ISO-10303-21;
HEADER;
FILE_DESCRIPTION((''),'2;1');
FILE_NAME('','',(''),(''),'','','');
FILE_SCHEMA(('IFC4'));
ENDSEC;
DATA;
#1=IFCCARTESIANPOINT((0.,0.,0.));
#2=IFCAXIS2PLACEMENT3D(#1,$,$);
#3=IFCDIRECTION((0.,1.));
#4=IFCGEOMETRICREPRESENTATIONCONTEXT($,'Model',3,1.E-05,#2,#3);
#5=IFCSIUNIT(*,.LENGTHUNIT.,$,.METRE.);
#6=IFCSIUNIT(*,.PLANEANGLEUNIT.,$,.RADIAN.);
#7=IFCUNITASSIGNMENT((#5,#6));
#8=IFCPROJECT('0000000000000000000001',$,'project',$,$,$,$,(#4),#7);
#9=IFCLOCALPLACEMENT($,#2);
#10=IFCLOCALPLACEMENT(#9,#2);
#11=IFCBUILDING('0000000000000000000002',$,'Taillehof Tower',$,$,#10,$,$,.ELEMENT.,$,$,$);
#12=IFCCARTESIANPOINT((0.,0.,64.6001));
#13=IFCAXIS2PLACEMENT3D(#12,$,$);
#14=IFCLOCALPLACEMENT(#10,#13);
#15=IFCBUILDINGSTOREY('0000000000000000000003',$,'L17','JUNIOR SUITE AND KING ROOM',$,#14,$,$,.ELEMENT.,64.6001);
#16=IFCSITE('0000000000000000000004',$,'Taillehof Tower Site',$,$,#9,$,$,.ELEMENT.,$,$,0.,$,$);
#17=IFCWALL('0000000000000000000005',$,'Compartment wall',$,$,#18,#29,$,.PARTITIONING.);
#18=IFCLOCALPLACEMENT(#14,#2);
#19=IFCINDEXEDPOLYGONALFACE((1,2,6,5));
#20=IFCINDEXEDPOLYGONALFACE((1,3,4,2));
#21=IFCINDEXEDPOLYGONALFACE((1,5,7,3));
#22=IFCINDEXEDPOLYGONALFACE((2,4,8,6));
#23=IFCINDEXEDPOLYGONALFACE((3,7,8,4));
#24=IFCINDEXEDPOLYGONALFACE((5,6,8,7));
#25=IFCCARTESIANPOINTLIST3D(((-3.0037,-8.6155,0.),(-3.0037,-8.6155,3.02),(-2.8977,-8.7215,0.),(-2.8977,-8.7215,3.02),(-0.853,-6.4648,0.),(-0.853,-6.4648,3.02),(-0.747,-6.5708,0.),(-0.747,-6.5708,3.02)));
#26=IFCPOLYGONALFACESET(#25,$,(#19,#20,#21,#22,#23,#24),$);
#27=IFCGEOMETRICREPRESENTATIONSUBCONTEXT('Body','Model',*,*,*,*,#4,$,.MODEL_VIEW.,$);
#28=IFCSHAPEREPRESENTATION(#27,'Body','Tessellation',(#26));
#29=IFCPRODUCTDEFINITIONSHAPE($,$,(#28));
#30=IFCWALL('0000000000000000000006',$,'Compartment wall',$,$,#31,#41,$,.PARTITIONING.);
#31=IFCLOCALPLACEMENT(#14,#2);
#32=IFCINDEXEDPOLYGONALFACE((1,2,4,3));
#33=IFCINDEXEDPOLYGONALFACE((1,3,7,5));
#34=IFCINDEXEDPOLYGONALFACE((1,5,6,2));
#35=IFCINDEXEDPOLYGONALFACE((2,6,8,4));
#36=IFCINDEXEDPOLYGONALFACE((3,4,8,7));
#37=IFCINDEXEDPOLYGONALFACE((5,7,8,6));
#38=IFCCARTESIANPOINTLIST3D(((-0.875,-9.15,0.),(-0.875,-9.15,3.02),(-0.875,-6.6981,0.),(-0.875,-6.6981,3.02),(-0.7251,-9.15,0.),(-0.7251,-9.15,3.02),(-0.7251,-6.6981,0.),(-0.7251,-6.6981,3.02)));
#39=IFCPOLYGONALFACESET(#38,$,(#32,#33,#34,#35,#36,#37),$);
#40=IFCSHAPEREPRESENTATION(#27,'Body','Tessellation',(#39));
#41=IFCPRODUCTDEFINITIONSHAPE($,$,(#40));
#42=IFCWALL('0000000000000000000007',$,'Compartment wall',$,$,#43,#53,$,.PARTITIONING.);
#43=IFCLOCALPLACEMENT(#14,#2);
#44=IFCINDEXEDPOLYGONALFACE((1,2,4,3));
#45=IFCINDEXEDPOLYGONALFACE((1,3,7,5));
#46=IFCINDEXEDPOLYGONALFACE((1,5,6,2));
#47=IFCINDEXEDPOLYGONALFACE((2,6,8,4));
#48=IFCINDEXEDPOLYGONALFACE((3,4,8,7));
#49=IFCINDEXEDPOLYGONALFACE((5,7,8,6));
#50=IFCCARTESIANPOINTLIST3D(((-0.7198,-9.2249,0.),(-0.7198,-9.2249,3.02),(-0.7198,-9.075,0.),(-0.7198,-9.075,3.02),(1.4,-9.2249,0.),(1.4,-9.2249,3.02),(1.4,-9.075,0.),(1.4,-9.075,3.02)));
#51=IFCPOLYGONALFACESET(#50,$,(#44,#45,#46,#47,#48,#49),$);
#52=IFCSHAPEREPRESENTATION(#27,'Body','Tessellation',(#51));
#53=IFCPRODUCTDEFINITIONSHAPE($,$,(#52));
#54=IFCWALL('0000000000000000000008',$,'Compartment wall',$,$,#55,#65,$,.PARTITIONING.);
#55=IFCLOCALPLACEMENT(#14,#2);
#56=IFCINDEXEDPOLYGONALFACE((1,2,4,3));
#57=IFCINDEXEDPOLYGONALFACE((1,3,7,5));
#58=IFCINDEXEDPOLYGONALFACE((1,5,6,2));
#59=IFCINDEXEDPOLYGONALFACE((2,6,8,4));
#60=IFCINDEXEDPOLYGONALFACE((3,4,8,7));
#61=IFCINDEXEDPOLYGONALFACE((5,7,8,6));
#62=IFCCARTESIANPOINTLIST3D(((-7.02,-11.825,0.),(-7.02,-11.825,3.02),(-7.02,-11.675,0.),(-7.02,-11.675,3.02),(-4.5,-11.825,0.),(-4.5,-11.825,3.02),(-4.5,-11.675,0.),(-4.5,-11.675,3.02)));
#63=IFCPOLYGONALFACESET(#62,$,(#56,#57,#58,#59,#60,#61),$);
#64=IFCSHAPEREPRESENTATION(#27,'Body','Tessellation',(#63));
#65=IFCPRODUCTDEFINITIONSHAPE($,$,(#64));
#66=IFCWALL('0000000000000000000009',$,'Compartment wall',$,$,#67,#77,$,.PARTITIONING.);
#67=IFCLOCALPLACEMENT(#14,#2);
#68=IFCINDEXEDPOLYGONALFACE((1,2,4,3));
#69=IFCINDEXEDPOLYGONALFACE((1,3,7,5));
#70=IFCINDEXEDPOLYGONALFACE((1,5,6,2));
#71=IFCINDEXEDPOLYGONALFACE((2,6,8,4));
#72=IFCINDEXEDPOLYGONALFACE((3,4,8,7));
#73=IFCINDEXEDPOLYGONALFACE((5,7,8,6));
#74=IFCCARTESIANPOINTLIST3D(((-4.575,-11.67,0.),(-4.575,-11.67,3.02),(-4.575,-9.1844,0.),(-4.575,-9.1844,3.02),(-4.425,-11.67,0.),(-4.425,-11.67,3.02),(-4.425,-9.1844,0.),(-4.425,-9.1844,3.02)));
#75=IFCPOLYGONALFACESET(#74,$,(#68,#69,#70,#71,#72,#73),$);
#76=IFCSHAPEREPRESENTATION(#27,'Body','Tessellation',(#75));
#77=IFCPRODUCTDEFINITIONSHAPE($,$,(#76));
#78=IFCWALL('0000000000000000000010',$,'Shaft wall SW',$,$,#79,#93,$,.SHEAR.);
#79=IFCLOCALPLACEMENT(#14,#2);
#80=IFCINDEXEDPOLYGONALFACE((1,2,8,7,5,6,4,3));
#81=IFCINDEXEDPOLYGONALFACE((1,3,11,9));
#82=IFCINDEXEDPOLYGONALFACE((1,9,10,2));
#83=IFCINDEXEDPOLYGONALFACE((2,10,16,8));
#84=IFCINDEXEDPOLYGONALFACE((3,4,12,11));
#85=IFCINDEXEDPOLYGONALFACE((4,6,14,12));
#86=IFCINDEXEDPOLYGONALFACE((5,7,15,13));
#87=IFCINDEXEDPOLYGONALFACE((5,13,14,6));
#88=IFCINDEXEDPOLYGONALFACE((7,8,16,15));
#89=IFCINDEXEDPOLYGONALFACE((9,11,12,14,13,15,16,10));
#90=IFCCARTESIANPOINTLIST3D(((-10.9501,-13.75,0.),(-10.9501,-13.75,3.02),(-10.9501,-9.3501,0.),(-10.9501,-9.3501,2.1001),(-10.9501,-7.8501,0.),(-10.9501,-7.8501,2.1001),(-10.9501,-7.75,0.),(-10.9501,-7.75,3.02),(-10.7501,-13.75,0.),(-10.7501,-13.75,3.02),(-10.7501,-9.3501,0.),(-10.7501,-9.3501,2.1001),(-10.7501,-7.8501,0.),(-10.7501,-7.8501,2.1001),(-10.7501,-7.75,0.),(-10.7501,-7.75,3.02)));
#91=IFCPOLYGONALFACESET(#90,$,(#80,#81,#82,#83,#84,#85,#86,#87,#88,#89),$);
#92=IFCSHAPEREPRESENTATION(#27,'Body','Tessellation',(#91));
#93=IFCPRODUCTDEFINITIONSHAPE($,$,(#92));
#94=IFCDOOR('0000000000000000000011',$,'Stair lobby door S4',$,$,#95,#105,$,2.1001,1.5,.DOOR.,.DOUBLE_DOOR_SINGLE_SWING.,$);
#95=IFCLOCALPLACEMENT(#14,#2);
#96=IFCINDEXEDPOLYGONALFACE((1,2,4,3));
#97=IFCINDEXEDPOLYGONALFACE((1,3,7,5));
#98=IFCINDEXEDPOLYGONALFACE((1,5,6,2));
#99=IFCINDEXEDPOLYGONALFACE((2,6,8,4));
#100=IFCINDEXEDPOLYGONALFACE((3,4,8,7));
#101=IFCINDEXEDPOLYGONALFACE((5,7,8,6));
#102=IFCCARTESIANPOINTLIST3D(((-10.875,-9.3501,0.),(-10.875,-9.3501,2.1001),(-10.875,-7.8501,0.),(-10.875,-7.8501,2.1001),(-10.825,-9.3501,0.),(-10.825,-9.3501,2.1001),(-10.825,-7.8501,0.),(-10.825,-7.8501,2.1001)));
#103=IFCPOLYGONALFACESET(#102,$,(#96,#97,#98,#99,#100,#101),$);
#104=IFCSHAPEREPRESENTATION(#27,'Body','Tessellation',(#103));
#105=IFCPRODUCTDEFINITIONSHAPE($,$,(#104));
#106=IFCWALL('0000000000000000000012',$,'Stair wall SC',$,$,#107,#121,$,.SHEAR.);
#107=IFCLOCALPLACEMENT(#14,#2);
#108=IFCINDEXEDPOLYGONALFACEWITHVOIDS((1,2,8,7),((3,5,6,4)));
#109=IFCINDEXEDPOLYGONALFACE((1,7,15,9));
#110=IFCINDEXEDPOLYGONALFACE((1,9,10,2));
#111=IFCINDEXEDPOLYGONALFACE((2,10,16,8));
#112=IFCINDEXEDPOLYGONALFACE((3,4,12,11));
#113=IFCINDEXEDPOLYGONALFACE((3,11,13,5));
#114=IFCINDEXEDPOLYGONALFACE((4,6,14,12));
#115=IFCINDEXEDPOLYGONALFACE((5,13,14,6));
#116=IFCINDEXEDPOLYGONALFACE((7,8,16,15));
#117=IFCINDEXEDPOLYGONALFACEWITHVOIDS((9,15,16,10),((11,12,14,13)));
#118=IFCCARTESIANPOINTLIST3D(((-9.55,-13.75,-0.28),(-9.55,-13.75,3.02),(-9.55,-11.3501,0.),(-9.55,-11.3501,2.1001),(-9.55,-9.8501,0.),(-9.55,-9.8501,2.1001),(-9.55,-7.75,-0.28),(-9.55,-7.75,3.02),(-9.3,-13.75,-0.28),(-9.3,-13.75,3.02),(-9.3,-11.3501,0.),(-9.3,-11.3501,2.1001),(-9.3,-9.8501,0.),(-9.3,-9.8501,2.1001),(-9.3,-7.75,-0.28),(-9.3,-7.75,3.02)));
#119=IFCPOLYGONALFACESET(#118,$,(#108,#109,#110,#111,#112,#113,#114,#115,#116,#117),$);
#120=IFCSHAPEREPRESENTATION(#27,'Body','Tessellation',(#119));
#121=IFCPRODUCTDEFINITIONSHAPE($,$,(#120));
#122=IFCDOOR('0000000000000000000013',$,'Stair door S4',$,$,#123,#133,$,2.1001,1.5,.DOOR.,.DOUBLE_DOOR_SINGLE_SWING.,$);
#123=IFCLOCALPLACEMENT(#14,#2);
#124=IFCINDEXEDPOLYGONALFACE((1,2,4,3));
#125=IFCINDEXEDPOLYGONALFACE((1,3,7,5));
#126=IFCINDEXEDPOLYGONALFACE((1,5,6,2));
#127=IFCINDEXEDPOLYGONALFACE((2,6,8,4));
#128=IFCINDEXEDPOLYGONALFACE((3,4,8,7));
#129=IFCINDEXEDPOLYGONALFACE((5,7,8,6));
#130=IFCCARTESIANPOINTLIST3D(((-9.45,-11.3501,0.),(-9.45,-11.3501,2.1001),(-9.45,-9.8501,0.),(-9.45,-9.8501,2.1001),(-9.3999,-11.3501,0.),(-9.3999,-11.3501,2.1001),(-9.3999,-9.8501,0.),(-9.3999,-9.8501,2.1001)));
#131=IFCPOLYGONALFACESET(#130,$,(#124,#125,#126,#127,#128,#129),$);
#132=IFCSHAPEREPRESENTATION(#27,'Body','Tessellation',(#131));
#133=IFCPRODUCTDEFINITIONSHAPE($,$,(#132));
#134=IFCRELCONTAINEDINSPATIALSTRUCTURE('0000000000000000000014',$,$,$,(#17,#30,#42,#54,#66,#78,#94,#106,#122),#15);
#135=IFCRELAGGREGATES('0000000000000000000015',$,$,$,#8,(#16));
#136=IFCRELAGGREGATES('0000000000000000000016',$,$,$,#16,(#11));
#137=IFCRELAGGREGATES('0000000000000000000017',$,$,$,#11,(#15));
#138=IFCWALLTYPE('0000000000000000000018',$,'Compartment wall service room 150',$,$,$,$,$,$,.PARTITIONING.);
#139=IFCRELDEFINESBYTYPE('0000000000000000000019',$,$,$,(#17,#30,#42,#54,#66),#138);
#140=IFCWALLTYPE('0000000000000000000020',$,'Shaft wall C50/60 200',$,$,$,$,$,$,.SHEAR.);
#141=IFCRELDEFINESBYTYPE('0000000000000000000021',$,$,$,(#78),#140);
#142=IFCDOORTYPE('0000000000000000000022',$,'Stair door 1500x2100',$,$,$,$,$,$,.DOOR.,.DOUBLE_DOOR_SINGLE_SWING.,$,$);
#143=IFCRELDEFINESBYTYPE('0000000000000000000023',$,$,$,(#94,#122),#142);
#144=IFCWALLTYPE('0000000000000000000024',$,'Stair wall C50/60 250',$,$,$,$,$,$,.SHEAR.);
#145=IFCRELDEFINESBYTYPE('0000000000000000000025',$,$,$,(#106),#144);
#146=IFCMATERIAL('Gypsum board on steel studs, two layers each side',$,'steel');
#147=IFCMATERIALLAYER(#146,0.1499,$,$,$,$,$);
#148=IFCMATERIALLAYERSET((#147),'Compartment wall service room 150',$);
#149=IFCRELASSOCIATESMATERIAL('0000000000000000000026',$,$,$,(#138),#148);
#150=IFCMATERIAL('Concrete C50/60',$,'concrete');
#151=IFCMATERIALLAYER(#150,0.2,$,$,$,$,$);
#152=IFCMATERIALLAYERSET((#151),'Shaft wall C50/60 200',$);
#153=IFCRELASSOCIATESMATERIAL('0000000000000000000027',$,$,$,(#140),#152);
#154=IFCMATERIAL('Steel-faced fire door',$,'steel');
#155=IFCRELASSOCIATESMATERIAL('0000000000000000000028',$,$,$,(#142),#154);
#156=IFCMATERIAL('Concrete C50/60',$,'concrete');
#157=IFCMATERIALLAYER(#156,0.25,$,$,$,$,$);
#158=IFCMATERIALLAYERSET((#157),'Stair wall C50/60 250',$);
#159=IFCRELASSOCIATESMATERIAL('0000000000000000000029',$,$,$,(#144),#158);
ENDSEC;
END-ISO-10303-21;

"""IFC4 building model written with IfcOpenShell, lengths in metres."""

from ifc_helpers import new_model, si_unit, direction, frame, frame_2d, origin, place, context, subcontext, project, spatial, rectangle, extrude, material, layer, layer_set, type_object, element, fill, save


model = new_model("IFC4")

# Units and contexts
model_context = context("Model", 3, precision=1e-05, world=origin(), true_north=direction((0.0, 1.0)))
body_context = subcontext(model_context, "Body", "Model", "MODEL_VIEW")
ifc_project = project(units=[si_unit("LENGTHUNIT", "METRE"), si_unit("PLANEANGLEUNIT", "RADIAN")], contexts=[model_context])

# Site, building, storey
site_placement = place(None, origin())
site = spatial("IfcSite", under=ifc_project, at=site_placement, Name="Taillehof Tower Site", CompositionType="ELEMENT", RefElevation=0.0)
building_placement = place(site_placement, origin())
building = spatial("IfcBuilding", under=site, at=building_placement, Name="Taillehof Tower", CompositionType="ELEMENT")
storey_placement = place(building_placement, frame((0.0, 0.0, 64.6001)))
storey = spatial("IfcBuildingStorey", under=building, at=storey_placement, Name="L17", Description="JUNIOR SUITE AND KING ROOM", CompositionType="ELEMENT", Elevation=64.6001)

# Walls
ifc_material_1 = material(Name="Gypsum board on steel studs, two layers each side", Category="steel")
ifc_layer_1 = layer(ifc_material_1, 0.1499)
ifc_layer_set_1 = layer_set([ifc_layer_1], Name="Compartment wall service room 150")
wall_type_1 = type_object("IfcWallType", Name="Compartment wall service room 150", PredefinedType="PARTITIONING", material=ifc_layer_set_1)
wall_1_placement = place(storey_placement, frame((-2.9507, -8.6685, 0.0), z_axis=(0.0, 0.0, 1.0), x_axis=(0.707107, 0.707107, 0.0)))
element("IfcWall", 1, at=wall_1_placement, inside=storey, type_object=wall_type_1, Name="Compartment wall", PredefinedType="PARTITIONING", context=body_context, shape_type="SweptSolid", body=[
    extrude(rectangle(XDim=3.0415, YDim=0.1499, at=frame_2d((1.5208, 0.0))), origin(), (0.0, 0.0, 1.0), 3.02),
])
wall_2_placement = place(storey_placement, frame((-0.8, -6.698, 0.0), z_axis=(0.0, 0.0, 1.0), x_axis=(0.0, -1.0, 0.0)))
element("IfcWall", 2, at=wall_2_placement, inside=storey, type_object=wall_type_1, Name="Compartment wall", PredefinedType="PARTITIONING", context=body_context, shape_type="SweptSolid", body=[
    extrude(rectangle(XDim=2.4519, YDim=0.1499, at=frame_2d((1.2261, 0.0))), origin(), (0.0, 0.0, 1.0), 3.02),
])
wall_3_placement = place(storey_placement, frame((-0.72, -9.1499, 0.0), z_axis=(0.0, 0.0, 1.0), x_axis=(1.0, 0.0, 0.0)))
element("IfcWall", 3, at=wall_3_placement, inside=storey, type_object=wall_type_1, Name="Compartment wall", PredefinedType="PARTITIONING", context=body_context, shape_type="SweptSolid", body=[
    extrude(rectangle(XDim=2.1199, YDim=0.1499, at=frame_2d((1.0601, 0.0))), origin(), (0.0, 0.0, 1.0), 3.02),
])
wall_4_placement = place(storey_placement, frame((-7.02, -11.75, 0.0), z_axis=(0.0, 0.0, 1.0), x_axis=(1.0, 0.0, 0.0)))
element("IfcWall", 4, at=wall_4_placement, inside=storey, type_object=wall_type_1, Name="Compartment wall", PredefinedType="PARTITIONING", context=body_context, shape_type="SweptSolid", body=[
    extrude(rectangle(XDim=2.52, YDim=0.1499, at=frame_2d((1.26, 0.0))), origin(), (0.0, 0.0, 1.0), 3.02),
])
wall_5_placement = place(storey_placement, frame((-4.5, -11.6699, 0.0), z_axis=(0.0, 0.0, 1.0), x_axis=(0.0, 1.0, 0.0)))
element("IfcWall", 5, at=wall_5_placement, inside=storey, type_object=wall_type_1, Name="Compartment wall", PredefinedType="PARTITIONING", context=body_context, shape_type="SweptSolid", body=[
    extrude(rectangle(XDim=2.4856, YDim=0.1499, at=frame_2d((1.2427, 0.0))), origin(), (0.0, 0.0, 1.0), 3.02),
])

# Walls, openings, doors
ifc_material_2 = material(Name="Concrete C50/60", Category="concrete")
ifc_layer_2 = layer(ifc_material_2, 0.2)
ifc_layer_set_2 = layer_set([ifc_layer_2], Name="Shaft wall C50/60 200")
wall_type_2 = type_object("IfcWallType", Name="Shaft wall C50/60 200", PredefinedType="SHEAR", material=ifc_layer_set_2)
wall_6_placement = place(storey_placement, frame((-10.8501, -13.75, 0.0), z_axis=(0.0, 0.0, 1.0), x_axis=(0.0, 1.0, 0.0)))
wall_6 = element("IfcWall", 6, at=wall_6_placement, inside=storey, type_object=wall_type_2, Name="Shaft wall SW", PredefinedType="SHEAR", context=body_context, shape_type="SweptSolid", body=[
    extrude(rectangle(XDim=6.0, YDim=0.2, at=frame_2d((3.0, 0.0))), origin(), (0.0, 0.0, 1.0), 3.02),
])
opening_1_placement = place(wall_6_placement, frame((4.3999, 0.0, 0.0)))
opening_1 = element("IfcOpeningElement", 7, at=opening_1_placement, cuts=wall_6, PredefinedType="OPENING", context=body_context, shape_type="SweptSolid", body=[
    extrude(rectangle(XDim=1.5, YDim=2.1001, at=frame_2d((0.75, 1.05))), frame((0.0, 0.1099, 0.0), z_axis=(0.0, -1.0, 0.0), x_axis=(1.0, 0.0, 0.0)), (0.0, 0.0, 1.0), 0.22),
])
ifc_material_3 = material(Name="Steel-faced fire door", Category="steel")
door_type = type_object("IfcDoorType", Name="Stair door 1500x2100", OperationType="DOUBLE_DOOR_SINGLE_SWING", PredefinedType="DOOR", material=ifc_material_3)
door_1_placement = place(opening_1_placement, origin())
door_1 = element("IfcDoor", 8, at=door_1_placement, inside=storey, type_object=door_type, Name="Stair lobby door S4", OperationType="DOUBLE_DOOR_SINGLE_SWING", OverallHeight=2.1001, OverallWidth=1.5, PredefinedType="DOOR", context=body_context, shape_type="SweptSolid", body=[
    extrude(rectangle(XDim=1.5, YDim=2.1001, at=frame_2d((0.75, 1.05))), frame((0.0, 0.0249, 0.0), z_axis=(0.0, -1.0, 0.0), x_axis=(1.0, 0.0, 0.0)), (0.0, 0.0, 1.0), 0.05),
])
fill(opening_1, door_1)
ifc_material_4 = material(Name="Concrete C50/60", Category="concrete")
ifc_layer_3 = layer(ifc_material_4, 0.25)
ifc_layer_set_3 = layer_set([ifc_layer_3], Name="Stair wall C50/60 250")
wall_type_3 = type_object("IfcWallType", Name="Stair wall C50/60 250", PredefinedType="SHEAR", material=ifc_layer_set_3)
wall_7_placement = place(storey_placement, frame((-9.425, -13.75, -0.28), z_axis=(0.0, 0.0, 1.0), x_axis=(0.0, 1.0, 0.0)))
wall_7 = element("IfcWall", 9, at=wall_7_placement, inside=storey, type_object=wall_type_3, Name="Stair wall SC", PredefinedType="SHEAR", context=body_context, shape_type="SweptSolid", body=[
    extrude(rectangle(XDim=6.0, YDim=0.25, at=frame_2d((3.0, 0.0))), origin(), (0.0, 0.0, 1.0), 3.3),
])
opening_2_placement = place(wall_7_placement, frame((2.3999, 0.0, 0.28)))
opening_2 = element("IfcOpeningElement", 10, at=opening_2_placement, cuts=wall_7, PredefinedType="OPENING", context=body_context, shape_type="SweptSolid", body=[
    extrude(rectangle(XDim=1.5, YDim=2.1001, at=frame_2d((0.75, 1.05))), frame((0.0, 0.135, 0.0), z_axis=(0.0, -1.0, 0.0), x_axis=(1.0, 0.0, 0.0)), (0.0, 0.0, 1.0), 0.27),
])
door_2_placement = place(opening_2_placement, origin())
door_2 = element("IfcDoor", 11, at=door_2_placement, inside=storey, type_object=door_type, Name="Stair door S4", OperationType="DOUBLE_DOOR_SINGLE_SWING", OverallHeight=2.1001, OverallWidth=1.5, PredefinedType="DOOR", context=body_context, shape_type="SweptSolid", body=[
    extrude(rectangle(XDim=1.5, YDim=2.1001, at=frame_2d((0.75, 1.05))), frame((0.0, 0.0249, 0.0), z_axis=(0.0, -1.0, 0.0), x_axis=(1.0, 0.0, 0.0)), (0.0, 0.0, 1.0), 0.05),
])
fill(opening_2, door_2)

save(model, "model.ifc")
